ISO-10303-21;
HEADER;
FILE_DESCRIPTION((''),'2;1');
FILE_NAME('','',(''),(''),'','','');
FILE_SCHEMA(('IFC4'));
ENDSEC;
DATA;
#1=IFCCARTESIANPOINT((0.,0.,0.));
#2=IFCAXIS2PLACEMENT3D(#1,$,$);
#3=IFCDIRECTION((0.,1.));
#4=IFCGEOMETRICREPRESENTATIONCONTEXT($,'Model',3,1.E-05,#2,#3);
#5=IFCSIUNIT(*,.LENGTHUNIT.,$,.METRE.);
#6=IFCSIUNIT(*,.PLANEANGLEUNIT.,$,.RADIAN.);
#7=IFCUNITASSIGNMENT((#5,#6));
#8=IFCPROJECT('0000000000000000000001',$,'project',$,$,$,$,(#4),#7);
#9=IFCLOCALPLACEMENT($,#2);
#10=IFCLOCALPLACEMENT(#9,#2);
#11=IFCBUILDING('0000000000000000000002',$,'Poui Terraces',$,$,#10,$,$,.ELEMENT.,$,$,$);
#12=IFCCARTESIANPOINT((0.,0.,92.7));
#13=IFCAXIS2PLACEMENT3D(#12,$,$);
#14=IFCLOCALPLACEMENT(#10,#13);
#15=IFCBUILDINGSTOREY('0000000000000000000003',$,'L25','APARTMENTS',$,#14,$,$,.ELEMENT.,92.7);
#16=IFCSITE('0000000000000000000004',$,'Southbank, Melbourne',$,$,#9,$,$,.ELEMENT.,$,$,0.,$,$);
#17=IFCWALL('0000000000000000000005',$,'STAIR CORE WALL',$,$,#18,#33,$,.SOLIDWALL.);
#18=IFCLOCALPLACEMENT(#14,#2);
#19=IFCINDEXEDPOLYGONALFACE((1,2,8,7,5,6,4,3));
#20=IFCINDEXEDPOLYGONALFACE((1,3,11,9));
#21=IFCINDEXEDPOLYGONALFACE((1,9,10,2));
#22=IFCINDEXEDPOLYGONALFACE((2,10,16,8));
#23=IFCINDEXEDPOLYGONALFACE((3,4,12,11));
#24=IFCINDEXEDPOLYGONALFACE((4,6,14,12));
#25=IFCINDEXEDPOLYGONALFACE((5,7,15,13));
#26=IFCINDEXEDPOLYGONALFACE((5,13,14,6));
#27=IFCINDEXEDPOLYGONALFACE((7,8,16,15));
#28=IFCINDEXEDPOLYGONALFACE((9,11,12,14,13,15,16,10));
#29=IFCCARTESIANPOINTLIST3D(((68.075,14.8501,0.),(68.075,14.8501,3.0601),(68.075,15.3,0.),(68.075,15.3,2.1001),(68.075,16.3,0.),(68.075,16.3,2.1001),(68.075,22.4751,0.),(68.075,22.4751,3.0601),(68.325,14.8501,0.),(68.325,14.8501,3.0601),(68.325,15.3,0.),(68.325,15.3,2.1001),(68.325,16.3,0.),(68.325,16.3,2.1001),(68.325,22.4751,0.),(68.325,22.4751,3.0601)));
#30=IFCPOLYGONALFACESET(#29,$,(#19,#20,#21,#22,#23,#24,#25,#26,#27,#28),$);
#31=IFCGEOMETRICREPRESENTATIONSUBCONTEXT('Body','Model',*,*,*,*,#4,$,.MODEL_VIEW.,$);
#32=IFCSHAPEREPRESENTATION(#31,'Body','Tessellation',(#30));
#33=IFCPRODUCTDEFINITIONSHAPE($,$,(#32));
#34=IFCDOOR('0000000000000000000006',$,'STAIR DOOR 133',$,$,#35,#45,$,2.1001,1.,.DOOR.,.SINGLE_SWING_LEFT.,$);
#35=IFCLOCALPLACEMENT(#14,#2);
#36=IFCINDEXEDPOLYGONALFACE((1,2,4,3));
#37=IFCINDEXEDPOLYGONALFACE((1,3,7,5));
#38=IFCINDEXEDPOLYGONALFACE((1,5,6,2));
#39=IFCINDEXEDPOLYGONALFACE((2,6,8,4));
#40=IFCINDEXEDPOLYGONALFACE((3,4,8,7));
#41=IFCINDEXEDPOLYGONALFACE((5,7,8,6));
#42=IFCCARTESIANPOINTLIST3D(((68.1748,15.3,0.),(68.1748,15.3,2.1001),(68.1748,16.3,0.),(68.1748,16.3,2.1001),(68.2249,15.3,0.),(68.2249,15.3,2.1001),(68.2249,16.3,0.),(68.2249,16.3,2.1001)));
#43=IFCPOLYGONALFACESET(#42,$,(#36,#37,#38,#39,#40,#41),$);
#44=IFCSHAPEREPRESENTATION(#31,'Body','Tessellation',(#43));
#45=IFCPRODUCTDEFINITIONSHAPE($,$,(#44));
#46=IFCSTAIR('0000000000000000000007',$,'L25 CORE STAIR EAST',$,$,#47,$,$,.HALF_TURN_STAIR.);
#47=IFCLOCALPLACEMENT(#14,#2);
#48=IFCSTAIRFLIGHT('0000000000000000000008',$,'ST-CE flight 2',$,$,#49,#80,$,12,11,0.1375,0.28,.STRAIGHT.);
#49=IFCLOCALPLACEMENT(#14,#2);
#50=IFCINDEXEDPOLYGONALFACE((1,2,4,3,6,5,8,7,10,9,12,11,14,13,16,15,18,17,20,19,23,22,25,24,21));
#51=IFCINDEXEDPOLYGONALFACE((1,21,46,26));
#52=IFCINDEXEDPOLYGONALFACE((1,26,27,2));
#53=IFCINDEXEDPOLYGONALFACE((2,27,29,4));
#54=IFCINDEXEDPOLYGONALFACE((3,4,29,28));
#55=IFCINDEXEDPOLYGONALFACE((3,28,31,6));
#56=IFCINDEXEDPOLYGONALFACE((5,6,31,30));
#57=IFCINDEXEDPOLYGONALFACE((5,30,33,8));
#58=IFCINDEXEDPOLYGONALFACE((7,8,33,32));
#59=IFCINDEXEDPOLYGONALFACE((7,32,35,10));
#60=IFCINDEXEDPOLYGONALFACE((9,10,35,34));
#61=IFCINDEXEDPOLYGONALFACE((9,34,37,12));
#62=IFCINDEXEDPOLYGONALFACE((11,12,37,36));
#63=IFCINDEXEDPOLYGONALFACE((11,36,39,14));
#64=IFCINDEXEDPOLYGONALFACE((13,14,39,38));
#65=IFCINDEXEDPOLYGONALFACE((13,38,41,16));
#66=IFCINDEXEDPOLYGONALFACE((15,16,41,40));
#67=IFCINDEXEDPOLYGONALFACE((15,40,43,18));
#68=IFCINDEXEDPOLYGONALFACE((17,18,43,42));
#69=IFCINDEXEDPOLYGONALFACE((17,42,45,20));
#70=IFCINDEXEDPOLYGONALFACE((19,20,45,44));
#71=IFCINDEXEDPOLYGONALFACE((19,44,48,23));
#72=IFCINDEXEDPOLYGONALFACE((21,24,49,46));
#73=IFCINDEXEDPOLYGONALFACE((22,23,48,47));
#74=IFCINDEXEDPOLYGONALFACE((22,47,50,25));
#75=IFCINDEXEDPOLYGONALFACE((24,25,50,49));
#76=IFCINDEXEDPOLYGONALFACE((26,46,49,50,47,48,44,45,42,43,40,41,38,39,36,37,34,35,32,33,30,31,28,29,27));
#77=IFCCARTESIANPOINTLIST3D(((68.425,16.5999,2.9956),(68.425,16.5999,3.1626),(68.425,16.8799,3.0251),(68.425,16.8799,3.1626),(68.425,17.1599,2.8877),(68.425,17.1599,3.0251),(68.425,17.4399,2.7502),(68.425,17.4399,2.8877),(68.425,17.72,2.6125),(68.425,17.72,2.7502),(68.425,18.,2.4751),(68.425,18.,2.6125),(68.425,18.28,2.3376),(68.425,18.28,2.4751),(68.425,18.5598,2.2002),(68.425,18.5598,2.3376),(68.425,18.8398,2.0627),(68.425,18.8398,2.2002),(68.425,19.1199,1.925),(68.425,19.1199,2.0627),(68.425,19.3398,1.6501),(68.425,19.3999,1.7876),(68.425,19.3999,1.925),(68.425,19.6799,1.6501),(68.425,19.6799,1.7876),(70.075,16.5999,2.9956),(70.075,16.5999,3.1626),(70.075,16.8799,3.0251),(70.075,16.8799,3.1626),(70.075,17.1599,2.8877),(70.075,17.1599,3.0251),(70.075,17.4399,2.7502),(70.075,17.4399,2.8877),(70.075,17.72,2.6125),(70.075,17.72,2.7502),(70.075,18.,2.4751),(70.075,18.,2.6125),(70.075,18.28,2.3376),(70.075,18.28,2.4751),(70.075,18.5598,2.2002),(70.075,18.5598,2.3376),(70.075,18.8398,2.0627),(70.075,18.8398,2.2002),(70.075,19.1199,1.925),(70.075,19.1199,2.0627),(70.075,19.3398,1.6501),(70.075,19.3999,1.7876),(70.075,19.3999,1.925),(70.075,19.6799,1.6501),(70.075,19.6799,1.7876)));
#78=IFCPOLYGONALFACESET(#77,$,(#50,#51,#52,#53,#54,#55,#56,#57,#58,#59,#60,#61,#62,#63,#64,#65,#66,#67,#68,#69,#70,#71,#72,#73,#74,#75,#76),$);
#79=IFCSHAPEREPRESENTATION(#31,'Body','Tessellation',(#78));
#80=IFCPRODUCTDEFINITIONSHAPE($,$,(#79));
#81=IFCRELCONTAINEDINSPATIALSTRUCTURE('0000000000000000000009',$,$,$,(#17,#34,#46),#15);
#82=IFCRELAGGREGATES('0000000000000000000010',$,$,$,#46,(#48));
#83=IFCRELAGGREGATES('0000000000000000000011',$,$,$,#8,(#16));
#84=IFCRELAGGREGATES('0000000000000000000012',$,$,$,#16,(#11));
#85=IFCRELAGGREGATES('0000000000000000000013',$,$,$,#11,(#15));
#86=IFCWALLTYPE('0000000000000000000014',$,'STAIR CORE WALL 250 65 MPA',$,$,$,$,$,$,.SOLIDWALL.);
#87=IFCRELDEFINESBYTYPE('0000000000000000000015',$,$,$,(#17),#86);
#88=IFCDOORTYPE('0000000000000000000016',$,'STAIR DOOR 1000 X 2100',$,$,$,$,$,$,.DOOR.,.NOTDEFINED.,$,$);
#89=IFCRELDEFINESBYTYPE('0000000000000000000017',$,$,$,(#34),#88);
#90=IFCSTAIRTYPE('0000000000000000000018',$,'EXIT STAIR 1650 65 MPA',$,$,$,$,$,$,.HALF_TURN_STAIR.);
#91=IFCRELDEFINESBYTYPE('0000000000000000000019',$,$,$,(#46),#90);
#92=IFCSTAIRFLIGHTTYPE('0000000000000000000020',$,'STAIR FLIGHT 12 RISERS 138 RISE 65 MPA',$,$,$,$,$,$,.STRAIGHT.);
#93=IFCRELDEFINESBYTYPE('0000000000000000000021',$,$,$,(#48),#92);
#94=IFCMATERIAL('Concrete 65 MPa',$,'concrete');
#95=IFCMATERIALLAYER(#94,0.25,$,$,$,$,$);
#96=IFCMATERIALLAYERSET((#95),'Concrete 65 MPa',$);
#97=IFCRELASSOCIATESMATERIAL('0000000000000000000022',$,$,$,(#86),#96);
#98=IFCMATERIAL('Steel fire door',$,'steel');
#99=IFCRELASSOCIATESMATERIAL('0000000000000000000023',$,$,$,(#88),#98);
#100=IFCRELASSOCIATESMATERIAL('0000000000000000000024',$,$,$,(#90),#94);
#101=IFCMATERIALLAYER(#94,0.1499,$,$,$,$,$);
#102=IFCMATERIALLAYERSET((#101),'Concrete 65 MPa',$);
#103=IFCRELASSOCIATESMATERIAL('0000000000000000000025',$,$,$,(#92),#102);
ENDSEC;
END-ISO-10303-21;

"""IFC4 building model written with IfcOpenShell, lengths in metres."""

from ifc_helpers import new_model, si_unit, direction, frame, frame_2d, origin, place, context, subcontext, project, spatial, polyline, rectangle, outline, extrude, material, layer, layer_set, type_object, element, fill, aggregate, save


model = new_model("IFC4")

# Units and contexts
model_context = context("Model", 3, precision=1e-05, world=origin(), true_north=direction((0.0, 1.0)))
body_context = subcontext(model_context, "Body", "Model", "MODEL_VIEW")
ifc_project = project(units=[si_unit("LENGTHUNIT", "METRE"), si_unit("PLANEANGLEUNIT", "RADIAN")], contexts=[model_context])

# Site, building, storey
site_placement = place(None, origin())
site = spatial("IfcSite", under=ifc_project, at=site_placement, Name="Southbank, Melbourne", CompositionType="ELEMENT", RefElevation=0.0)
building_placement = place(site_placement, origin())
building = spatial("IfcBuilding", under=site, at=building_placement, Name="Poui Terraces", CompositionType="ELEMENT")
storey_placement = place(building_placement, frame((0.0, 0.0, 92.7)))
storey = spatial("IfcBuildingStorey", under=building, at=storey_placement, Name="L25", Description="APARTMENTS", CompositionType="ELEMENT", Elevation=92.7)

# Shared definitions
ifc_material_1 = material(Name="Concrete 65 MPa", Category="concrete")

# Shared definitions
ifc_material_2 = material(Name="Steel fire door", Category="steel")

# Wall, opening, door
ifc_layer_1 = layer(ifc_material_1, 0.25)
ifc_layer_set_1 = layer_set([ifc_layer_1], Name="Concrete 65 MPa")
wall_type_1 = type_object("IfcWallType", Name="STAIR CORE WALL 250 65 MPA", PredefinedType="SOLIDWALL", material=ifc_layer_set_1)
wall_1_placement = place(storey_placement, frame((68.2, 14.8501, 0.0), z_axis=(0.0, 0.0, 1.0), x_axis=(0.0, 1.0, 0.0)))
wall_1 = element("IfcWall", 1, at=wall_1_placement, inside=storey, type_object=wall_type_1, Name="STAIR CORE WALL", PredefinedType="SOLIDWALL", context=body_context, shape_type="SweptSolid", body=[
    extrude(rectangle(XDim=7.625, YDim=0.25, at=frame_2d((3.8125, 0.0))), origin(), (0.0, 0.0, 1.0), 3.0601),
])
opening_1_placement = place(wall_1_placement, frame((0.45, 0.0, 0.0)))
opening_1 = element("IfcOpeningElement", 2, at=opening_1_placement, cuts=wall_1, PredefinedType="OPENING", context=body_context, shape_type="SweptSolid", body=[
    extrude(rectangle(XDim=1.0, YDim=2.1001, at=frame_2d((0.5, 1.05))), frame((0.0, 0.135, 0.0), z_axis=(0.0, -1.0, 0.0), x_axis=(1.0, 0.0, 0.0)), (0.0, 0.0, 1.0), 0.27),
])
door_type_1 = type_object("IfcDoorType", Name="STAIR DOOR 1000 X 2100", OperationType="NOTDEFINED", PredefinedType="DOOR", material=ifc_material_2)
door_1_placement = place(opening_1_placement, frame((1.0, 0.0, 0.0), z_axis=(0.0, 0.0, 1.0), x_axis=(-1.0, 0.0, 0.0)))
door_1 = element("IfcDoor", 3, at=door_1_placement, inside=storey, type_object=door_type_1, Name="STAIR DOOR 133", OperationType="SINGLE_SWING_LEFT", OverallHeight=2.1001, OverallWidth=1.0, PredefinedType="DOOR", context=body_context, shape_type="SweptSolid", body=[
    extrude(rectangle(XDim=1.0, YDim=2.1001, at=frame_2d((0.5, 1.05))), frame((0.0, 0.0249, 0.0), z_axis=(0.0, -1.0, 0.0), x_axis=(1.0, 0.0, 0.0)), (0.0, 0.0, 1.0), 0.05),
])
fill(opening_1, door_1)

# Stair, stair flight
stair_type = type_object("IfcStairType", Name="EXIT STAIR 1650 65 MPA", PredefinedType="HALF_TURN_STAIR", material=ifc_material_1)
stair_placement = place(storey_placement, origin())
stair = element("IfcStair", 4, at=stair_placement, inside=storey, type_object=stair_type, Name="L25 CORE STAIR EAST", PredefinedType="HALF_TURN_STAIR")
ifc_layer_2 = layer(ifc_material_1, 0.1499)
ifc_layer_set_2 = layer_set([ifc_layer_2], Name="Concrete 65 MPa")
stair_flight_type = type_object("IfcStairFlightType", Name="STAIR FLIGHT 12 RISERS 138 RISE 65 MPA", PredefinedType="STRAIGHT", material=ifc_layer_set_2)
stair_flight_placement = place(storey_placement, frame((69.25, 19.6799, 1.6501), z_axis=(0.0, 0.0, 1.0), x_axis=(0.0, -1.0, 0.0)))
stair_flight = element("IfcStairFlight", 5, at=stair_flight_placement, type_object=stair_flight_type, Name="ST-CE flight 2", NumberOfRisers=12, NumberOfTreads=11, PredefinedType="STRAIGHT", RiserHeight=0.1375, TreadLength=0.28, context=body_context, shape_type="SweptSolid", body=[
    extrude(outline(polyline([(0.0, 0.0), (0.0, 0.1375), (0.28, 0.1375), (0.28, 0.2749), (0.5601, 0.2749), (0.5601, 0.4126), (0.8401, 0.4126), (0.8401, 0.55), (1.1201, 0.55), (1.1201, 0.6875), (1.3999, 0.6875), (1.3999, 0.825), (1.6799, 0.825), (1.6799, 0.9624), (1.96, 0.9624), (1.96, 1.1001), (2.24, 1.1001), (2.24, 1.2375), (2.52, 1.2375), (2.52, 1.375), (2.8, 1.375), (2.8, 1.5125), (3.0801, 1.5125), (3.0801, 1.6499), (3.0801, 1.3455), (0.3401, 0.0), (0.0, 0.0)])), frame((0.0, 0.825, 0.0), z_axis=(0.0, -1.0, 0.0), x_axis=(1.0, 0.0, 0.0)), (0.0, 0.0, 1.0), 1.6499),
])
aggregate(stair, [stair_flight])

save(model, "model.ifc")
